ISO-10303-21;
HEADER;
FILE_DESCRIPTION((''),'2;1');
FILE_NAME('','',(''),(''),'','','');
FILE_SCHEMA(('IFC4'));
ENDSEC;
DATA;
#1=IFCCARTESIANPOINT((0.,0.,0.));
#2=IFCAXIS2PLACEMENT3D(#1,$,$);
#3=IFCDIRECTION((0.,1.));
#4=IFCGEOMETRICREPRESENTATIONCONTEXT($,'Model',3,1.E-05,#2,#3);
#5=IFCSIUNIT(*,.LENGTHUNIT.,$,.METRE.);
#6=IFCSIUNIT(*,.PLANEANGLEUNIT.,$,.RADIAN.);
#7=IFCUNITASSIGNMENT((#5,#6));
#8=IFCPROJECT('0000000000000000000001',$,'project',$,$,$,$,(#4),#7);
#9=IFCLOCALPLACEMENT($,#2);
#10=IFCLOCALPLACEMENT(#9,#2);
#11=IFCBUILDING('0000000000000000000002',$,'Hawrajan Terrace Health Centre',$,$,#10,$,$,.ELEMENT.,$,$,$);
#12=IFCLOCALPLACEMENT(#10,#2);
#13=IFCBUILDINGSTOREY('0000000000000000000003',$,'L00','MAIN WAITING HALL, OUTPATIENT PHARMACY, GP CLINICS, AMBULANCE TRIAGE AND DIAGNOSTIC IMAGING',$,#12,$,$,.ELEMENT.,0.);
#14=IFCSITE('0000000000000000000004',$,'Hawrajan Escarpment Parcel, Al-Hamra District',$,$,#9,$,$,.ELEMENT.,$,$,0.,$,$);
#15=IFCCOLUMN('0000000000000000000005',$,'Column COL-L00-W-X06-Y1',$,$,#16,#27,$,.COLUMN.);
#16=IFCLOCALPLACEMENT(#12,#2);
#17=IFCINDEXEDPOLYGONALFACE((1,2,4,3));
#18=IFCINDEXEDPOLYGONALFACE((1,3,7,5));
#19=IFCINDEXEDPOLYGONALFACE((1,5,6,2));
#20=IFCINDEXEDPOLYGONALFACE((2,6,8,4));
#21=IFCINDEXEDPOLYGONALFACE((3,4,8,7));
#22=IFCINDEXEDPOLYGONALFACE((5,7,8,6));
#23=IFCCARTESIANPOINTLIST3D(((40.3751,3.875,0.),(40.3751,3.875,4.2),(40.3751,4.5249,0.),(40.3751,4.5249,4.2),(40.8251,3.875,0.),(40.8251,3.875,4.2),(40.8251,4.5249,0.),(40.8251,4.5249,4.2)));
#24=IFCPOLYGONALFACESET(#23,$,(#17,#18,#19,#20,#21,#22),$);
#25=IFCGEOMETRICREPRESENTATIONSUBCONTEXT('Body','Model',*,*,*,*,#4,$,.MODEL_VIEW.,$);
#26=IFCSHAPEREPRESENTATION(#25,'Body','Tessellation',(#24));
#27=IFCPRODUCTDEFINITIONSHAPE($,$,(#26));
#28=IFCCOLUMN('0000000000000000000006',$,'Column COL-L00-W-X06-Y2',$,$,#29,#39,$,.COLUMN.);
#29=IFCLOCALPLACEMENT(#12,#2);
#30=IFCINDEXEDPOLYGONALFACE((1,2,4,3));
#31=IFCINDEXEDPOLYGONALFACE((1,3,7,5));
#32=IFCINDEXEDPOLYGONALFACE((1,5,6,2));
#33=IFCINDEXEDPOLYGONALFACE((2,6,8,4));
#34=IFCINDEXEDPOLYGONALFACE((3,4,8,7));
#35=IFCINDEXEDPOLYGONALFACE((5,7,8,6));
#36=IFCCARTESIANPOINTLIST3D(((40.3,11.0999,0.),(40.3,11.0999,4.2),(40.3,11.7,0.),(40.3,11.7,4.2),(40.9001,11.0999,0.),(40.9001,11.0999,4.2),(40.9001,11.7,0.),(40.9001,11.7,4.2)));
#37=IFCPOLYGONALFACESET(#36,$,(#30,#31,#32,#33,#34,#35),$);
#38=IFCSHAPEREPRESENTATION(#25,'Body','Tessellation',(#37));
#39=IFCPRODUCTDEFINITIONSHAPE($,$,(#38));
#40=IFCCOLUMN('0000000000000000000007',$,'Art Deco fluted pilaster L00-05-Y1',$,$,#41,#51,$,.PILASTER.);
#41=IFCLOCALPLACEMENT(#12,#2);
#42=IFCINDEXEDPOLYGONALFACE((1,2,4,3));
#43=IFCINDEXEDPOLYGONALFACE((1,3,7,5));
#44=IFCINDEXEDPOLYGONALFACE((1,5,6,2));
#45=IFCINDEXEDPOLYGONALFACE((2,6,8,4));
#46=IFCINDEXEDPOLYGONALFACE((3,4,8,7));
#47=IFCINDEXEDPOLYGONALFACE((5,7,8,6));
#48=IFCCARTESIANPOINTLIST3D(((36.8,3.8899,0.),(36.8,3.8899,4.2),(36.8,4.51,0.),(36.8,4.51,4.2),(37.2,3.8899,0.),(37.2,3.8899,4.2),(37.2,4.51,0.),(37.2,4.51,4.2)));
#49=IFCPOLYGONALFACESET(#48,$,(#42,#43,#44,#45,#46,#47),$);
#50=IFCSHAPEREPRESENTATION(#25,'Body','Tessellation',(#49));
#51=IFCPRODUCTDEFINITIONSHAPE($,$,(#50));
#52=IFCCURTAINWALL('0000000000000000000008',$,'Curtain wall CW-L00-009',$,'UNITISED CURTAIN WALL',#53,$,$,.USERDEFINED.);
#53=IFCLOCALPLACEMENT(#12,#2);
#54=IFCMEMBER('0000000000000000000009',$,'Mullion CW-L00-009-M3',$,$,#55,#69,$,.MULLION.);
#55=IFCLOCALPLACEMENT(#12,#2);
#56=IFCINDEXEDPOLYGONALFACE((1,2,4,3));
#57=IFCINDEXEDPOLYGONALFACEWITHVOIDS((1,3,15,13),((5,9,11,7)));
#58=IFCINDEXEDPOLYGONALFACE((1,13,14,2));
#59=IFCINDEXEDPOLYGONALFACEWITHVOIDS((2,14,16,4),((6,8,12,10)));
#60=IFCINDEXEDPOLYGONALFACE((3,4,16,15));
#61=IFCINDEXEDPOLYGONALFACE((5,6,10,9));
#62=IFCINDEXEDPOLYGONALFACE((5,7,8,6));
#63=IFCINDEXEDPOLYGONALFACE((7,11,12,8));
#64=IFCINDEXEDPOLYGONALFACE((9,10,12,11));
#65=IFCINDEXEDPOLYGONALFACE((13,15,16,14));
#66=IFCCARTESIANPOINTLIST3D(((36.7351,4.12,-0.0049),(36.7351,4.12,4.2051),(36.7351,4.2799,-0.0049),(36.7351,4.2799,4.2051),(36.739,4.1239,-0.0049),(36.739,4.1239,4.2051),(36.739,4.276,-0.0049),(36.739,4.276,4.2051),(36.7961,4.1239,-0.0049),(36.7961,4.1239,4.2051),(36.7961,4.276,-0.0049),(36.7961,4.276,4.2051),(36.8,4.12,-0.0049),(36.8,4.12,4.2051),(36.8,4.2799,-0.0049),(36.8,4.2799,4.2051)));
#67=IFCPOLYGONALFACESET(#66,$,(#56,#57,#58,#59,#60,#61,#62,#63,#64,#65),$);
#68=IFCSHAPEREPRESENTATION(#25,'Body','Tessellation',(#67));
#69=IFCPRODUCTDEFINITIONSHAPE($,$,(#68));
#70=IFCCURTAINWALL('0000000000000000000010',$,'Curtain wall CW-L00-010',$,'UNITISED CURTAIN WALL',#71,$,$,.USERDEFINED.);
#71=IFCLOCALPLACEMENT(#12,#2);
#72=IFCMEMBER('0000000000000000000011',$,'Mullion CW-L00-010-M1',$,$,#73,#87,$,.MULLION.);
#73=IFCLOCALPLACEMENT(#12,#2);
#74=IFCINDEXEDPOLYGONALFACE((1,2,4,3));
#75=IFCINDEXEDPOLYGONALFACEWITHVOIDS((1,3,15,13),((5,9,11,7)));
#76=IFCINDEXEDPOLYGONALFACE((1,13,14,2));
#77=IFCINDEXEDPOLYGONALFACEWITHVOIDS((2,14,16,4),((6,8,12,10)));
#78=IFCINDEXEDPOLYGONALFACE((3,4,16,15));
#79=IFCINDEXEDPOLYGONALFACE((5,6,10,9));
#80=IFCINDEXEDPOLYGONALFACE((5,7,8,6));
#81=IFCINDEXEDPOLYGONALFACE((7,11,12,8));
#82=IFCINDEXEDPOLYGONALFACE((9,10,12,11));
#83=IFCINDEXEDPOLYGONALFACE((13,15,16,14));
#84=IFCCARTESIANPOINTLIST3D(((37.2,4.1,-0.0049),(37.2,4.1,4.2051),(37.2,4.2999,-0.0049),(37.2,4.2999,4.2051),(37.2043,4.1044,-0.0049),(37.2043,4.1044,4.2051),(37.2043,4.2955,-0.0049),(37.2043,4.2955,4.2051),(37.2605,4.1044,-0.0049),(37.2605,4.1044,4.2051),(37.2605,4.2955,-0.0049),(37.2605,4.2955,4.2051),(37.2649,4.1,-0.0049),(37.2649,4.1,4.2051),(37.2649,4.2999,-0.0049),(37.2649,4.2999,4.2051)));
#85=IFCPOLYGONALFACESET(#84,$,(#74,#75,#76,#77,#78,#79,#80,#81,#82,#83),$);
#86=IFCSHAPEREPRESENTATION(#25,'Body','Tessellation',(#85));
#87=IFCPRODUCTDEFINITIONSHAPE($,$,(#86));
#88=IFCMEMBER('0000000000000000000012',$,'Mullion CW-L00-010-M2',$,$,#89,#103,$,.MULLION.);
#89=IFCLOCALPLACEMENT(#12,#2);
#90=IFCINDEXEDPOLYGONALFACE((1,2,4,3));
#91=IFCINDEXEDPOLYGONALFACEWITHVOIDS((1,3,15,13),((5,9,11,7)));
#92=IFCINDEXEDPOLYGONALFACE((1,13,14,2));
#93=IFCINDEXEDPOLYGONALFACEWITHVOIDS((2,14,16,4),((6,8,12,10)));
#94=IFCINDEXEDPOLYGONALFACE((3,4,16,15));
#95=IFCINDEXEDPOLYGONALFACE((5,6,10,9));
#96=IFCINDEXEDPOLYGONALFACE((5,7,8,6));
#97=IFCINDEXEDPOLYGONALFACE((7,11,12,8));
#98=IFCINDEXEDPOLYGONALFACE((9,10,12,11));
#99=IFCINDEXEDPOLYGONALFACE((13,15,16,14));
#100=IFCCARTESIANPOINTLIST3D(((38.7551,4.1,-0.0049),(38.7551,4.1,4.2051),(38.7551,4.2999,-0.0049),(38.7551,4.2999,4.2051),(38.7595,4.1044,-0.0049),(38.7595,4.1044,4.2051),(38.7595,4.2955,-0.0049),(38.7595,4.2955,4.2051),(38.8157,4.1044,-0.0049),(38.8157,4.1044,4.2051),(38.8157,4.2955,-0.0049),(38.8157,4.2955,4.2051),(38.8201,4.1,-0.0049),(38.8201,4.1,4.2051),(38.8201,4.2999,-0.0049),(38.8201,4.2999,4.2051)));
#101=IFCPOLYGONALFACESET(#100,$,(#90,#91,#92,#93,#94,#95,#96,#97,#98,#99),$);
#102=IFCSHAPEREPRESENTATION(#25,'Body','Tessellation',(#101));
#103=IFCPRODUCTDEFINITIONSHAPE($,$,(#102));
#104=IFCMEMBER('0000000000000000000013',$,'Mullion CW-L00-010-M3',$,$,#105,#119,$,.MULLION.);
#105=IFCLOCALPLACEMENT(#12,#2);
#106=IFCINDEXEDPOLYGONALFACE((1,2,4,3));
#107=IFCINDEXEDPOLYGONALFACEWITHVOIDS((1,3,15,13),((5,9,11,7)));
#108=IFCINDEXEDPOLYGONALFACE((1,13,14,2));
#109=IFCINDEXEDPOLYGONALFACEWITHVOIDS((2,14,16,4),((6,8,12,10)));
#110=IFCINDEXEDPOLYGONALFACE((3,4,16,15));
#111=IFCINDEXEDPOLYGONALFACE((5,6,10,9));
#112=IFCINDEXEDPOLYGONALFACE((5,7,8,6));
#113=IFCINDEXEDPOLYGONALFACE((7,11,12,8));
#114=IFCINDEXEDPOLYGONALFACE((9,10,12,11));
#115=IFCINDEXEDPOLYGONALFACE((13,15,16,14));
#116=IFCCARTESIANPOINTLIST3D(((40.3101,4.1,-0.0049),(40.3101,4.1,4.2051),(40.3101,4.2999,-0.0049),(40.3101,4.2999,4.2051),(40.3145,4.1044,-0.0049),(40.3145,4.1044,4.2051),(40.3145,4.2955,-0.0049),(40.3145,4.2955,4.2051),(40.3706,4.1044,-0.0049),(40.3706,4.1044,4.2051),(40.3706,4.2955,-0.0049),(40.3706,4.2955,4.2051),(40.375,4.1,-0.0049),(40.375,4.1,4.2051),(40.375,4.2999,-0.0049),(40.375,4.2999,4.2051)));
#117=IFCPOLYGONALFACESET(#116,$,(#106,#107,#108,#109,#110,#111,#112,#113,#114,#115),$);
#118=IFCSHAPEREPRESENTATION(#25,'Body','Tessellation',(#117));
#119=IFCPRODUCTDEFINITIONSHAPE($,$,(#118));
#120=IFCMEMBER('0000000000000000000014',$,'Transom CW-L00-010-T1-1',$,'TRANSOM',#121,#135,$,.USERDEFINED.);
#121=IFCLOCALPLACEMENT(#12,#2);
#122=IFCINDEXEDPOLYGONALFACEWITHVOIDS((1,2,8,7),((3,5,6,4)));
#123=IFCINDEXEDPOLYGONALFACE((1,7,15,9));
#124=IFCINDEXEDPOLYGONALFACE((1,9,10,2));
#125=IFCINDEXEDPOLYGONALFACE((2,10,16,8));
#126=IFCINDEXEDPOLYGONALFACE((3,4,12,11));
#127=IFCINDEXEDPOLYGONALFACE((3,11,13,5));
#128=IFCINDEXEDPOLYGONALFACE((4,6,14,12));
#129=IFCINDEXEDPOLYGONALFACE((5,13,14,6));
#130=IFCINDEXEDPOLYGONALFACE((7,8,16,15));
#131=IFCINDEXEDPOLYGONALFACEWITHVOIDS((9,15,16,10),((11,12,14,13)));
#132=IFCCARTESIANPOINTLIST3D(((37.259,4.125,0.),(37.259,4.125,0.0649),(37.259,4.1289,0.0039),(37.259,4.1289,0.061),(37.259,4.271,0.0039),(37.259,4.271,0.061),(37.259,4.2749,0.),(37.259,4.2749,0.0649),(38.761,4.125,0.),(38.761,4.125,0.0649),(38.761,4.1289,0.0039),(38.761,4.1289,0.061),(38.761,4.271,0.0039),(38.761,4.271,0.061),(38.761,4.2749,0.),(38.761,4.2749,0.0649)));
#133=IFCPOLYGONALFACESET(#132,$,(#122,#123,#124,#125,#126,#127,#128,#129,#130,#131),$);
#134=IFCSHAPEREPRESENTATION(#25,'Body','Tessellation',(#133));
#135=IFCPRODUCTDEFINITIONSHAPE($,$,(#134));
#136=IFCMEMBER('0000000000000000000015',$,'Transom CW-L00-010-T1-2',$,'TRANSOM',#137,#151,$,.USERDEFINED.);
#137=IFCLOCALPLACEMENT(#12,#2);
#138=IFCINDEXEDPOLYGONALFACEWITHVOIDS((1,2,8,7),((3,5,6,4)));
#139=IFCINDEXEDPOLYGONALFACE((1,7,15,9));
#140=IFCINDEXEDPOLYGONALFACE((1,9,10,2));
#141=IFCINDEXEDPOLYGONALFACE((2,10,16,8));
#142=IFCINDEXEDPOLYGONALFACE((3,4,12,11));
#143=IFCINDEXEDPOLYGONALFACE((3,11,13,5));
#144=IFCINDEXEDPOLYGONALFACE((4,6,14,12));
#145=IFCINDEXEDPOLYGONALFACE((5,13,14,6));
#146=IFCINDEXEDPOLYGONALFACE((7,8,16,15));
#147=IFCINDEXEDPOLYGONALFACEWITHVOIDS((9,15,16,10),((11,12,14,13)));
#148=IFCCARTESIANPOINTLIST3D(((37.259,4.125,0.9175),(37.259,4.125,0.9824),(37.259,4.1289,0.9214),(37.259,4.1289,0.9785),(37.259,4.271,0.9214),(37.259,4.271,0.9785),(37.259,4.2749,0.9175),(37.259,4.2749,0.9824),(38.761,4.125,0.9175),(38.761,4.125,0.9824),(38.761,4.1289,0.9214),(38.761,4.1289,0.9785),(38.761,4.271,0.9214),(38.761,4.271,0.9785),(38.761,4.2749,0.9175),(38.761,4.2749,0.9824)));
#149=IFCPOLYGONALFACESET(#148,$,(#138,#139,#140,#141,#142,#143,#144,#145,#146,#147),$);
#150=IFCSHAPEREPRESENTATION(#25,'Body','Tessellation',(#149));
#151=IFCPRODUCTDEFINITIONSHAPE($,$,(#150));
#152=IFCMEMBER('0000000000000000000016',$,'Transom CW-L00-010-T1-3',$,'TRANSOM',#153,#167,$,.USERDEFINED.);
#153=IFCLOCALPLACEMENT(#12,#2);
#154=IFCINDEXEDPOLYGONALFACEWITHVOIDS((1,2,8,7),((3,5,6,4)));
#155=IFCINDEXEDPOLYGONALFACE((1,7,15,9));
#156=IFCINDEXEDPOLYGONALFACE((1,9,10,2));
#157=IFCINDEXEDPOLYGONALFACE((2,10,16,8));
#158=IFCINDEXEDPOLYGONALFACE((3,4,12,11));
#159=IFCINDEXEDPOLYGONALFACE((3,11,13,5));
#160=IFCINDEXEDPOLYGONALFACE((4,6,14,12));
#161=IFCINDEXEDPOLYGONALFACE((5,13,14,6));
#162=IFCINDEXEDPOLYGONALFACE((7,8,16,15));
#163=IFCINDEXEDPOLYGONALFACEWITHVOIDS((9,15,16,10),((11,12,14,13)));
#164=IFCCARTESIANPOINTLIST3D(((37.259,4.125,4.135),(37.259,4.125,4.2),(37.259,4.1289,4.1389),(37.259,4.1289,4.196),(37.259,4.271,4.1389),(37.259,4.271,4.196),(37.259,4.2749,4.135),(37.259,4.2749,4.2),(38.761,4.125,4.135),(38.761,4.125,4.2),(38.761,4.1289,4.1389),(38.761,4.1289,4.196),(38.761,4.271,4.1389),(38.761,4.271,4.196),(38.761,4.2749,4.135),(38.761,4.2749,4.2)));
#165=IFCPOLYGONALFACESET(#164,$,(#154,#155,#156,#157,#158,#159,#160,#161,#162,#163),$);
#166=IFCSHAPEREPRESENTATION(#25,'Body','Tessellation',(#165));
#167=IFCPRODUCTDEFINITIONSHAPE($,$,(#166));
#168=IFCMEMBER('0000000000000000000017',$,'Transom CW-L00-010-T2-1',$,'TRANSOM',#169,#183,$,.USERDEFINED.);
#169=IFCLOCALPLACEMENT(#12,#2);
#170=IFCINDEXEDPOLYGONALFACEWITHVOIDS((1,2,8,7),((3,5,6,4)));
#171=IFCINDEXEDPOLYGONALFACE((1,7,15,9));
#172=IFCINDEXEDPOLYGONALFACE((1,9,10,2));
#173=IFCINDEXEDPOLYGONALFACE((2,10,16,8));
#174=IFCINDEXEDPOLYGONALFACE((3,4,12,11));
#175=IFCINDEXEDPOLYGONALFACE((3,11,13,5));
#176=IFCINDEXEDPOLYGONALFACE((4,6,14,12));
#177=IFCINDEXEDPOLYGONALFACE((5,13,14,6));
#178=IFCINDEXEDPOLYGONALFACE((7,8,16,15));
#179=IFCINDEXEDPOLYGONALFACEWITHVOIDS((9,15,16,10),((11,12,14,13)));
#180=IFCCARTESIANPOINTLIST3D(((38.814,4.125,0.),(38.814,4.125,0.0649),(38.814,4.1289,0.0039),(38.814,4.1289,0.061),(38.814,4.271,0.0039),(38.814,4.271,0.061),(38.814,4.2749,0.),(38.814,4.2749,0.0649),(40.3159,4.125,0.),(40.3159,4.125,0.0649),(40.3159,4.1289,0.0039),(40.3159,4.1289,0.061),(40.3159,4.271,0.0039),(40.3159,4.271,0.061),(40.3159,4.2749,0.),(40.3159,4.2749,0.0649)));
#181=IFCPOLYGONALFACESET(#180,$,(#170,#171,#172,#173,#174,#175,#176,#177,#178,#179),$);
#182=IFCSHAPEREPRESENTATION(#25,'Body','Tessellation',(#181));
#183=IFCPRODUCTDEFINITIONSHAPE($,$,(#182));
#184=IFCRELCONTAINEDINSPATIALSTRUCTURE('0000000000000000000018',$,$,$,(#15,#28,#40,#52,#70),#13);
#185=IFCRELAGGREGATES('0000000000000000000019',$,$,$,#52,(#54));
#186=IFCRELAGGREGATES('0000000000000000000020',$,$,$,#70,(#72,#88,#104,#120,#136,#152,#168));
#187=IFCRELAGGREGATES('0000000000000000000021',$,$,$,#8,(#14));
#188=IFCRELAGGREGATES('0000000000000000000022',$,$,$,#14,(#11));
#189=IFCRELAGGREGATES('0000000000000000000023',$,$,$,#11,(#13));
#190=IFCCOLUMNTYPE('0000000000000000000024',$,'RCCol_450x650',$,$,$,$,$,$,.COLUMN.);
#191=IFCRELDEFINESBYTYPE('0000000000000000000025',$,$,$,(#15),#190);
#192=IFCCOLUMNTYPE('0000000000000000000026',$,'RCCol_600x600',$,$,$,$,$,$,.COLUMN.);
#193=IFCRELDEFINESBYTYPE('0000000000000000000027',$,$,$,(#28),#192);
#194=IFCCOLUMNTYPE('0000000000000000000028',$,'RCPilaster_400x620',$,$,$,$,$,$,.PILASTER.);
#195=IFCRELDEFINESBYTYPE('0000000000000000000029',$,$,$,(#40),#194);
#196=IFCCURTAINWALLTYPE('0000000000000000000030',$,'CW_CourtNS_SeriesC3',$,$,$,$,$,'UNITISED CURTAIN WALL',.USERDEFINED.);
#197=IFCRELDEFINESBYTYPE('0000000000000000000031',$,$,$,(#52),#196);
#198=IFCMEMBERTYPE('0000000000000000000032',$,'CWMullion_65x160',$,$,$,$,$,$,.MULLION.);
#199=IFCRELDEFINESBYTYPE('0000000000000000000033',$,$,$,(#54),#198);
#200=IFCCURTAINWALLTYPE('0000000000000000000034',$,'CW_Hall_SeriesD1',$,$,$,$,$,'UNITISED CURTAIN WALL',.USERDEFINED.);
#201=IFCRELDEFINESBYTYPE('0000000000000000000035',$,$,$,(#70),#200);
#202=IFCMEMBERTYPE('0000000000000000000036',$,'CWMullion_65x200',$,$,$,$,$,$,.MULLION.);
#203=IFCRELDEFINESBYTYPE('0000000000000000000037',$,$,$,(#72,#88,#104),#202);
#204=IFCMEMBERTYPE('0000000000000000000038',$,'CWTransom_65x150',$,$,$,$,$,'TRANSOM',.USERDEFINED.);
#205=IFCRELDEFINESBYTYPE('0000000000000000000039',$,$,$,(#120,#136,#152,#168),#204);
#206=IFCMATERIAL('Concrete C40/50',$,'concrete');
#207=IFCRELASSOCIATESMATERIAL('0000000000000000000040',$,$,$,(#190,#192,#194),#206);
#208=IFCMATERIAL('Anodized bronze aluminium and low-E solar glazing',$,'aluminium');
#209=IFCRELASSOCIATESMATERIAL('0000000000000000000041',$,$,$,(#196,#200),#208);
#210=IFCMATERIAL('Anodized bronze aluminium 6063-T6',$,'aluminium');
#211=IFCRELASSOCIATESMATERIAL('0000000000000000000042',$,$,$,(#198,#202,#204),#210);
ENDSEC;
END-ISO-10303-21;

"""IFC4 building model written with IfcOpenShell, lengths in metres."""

from ifc_helpers import new_model, si_unit, direction, frame, origin, origin_2d, place, context, subcontext, project, spatial, rectangle, hollow_rectangle, extrude, material, material_profile, profile_set, type_object, element, aggregate, save


model = new_model("IFC4")

# Units and contexts
model_context = context("Model", 3, precision=1e-05, world=origin(), true_north=direction((0.0, 1.0)))
body_context = subcontext(model_context, "Body", "Model", "MODEL_VIEW")
ifc_project = project(units=[si_unit("LENGTHUNIT", "METRE"), si_unit("PLANEANGLEUNIT", "RADIAN")], contexts=[model_context])

# Site, building, storey
site_placement = place(None, origin())
site = spatial("IfcSite", under=ifc_project, at=site_placement, Name="Hawrajan Escarpment Parcel, Al-Hamra District", CompositionType="ELEMENT", RefElevation=0.0)
building_placement = place(site_placement, origin())
building = spatial("IfcBuilding", under=site, at=building_placement, Name="Hawrajan Terrace Health Centre", CompositionType="ELEMENT")
storey_placement = place(building_placement, origin())
storey = spatial("IfcBuildingStorey", under=building, at=storey_placement, Name="L00", Description="MAIN WAITING HALL, OUTPATIENT PHARMACY, GP CLINICS, AMBULANCE TRIAGE AND DIAGNOSTIC IMAGING", CompositionType="ELEMENT", Elevation=0.0)

# Columns
ifc_material_1 = material(Name="Concrete C40/50", Category="concrete")
ifc_material_profile_1 = material_profile(ifc_material_1, rectangle(XDim=0.45, YDim=0.6499, at=origin_2d()), Name="RC 450x650")
ifc_profile_set_1 = profile_set([ifc_material_profile_1], Name="Concrete C40/50")
column_type_1 = type_object("IfcColumnType", Name="RCCol_450x650", PredefinedType="COLUMN", material=ifc_profile_set_1)
column_1_placement = place(storey_placement, frame((40.6001, 4.2, 0.0), z_axis=(0.0, 0.0, 1.0), x_axis=(1.0, 0.0, 0.0)))
element("IfcColumn", 1, at=column_1_placement, inside=storey, type_object=column_type_1, Name="Column COL-L00-W-X06-Y1", PredefinedType="COLUMN", context=body_context, shape_type="SweptSolid", body=[
    extrude(rectangle(XDim=0.45, YDim=0.6499, at=origin_2d()), origin(), (0.0, 0.0, 1.0), 4.2),
])
ifc_material_profile_2 = material_profile(ifc_material_1, rectangle(XDim=0.6001, YDim=0.6001, at=origin_2d()), Name="RC 600x600")
ifc_profile_set_2 = profile_set([ifc_material_profile_2], Name="Concrete C40/50")
column_type_2 = type_object("IfcColumnType", Name="RCCol_600x600", PredefinedType="COLUMN", material=ifc_profile_set_2)
column_2_placement = place(storey_placement, frame((40.6001, 11.3999, 0.0), z_axis=(0.0, 0.0, 1.0), x_axis=(1.0, 0.0, 0.0)))
element("IfcColumn", 2, at=column_2_placement, inside=storey, type_object=column_type_2, Name="Column COL-L00-W-X06-Y2", PredefinedType="COLUMN", context=body_context, shape_type="SweptSolid", body=[
    extrude(rectangle(XDim=0.6001, YDim=0.6001, at=origin_2d()), origin(), (0.0, 0.0, 1.0), 4.2),
])
ifc_material_profile_3 = material_profile(ifc_material_1, rectangle(XDim=0.3999, YDim=0.6201, at=origin_2d()), Name="RC PIL 400x620")
ifc_profile_set_3 = profile_set([ifc_material_profile_3], Name="Concrete C40/50")
column_type_3 = type_object("IfcColumnType", Name="RCPilaster_400x620", PredefinedType="PILASTER", material=ifc_profile_set_3)
column_3_placement = place(storey_placement, frame((37.0, 4.2, 0.0), z_axis=(0.0, 0.0, 1.0), x_axis=(1.0, 0.0, 0.0)))
element("IfcColumn", 3, at=column_3_placement, inside=storey, type_object=column_type_3, Name="Art Deco fluted pilaster L00-05-Y1", PredefinedType="PILASTER", context=body_context, shape_type="SweptSolid", body=[
    extrude(rectangle(XDim=0.3999, YDim=0.6201, at=origin_2d()), origin(), (0.0, 0.0, 1.0), 4.2),
])

# Curtain wall, member
ifc_material_2 = material(Name="Anodized bronze aluminium and low-E solar glazing", Category="aluminium")
curtain_wall_type_1 = type_object("IfcCurtainWallType", Name="CW_CourtNS_SeriesC3", ElementType="UNITISED CURTAIN WALL", PredefinedType="USERDEFINED", material=ifc_material_2)
curtain_wall_1_placement = place(storey_placement, origin())
curtain_wall_1 = element("IfcCurtainWall", 4, at=curtain_wall_1_placement, inside=storey, type_object=curtain_wall_type_1, Name="Curtain wall CW-L00-009", ObjectType="UNITISED CURTAIN WALL", PredefinedType="USERDEFINED")
ifc_material_3 = material(Name="Anodized bronze aluminium 6063-T6", Category="aluminium")
ifc_material_profile_4 = material_profile(ifc_material_3, hollow_rectangle(XDim=0.0649, YDim=0.1599, WallThickness=0.0039, at=origin_2d()), Name="CW MUL 65x160")
ifc_profile_set_4 = profile_set([ifc_material_profile_4], Name="Anodized bronze aluminium 6063-T6")
member_type_1 = type_object("IfcMemberType", Name="CWMullion_65x160", PredefinedType="MULLION", material=ifc_profile_set_4)
member_1_placement = place(storey_placement, frame((36.7676, 4.2, -0.0049), z_axis=(0.0, 0.0, 1.0), x_axis=(1.0, 0.0, 0.0)))
member_1 = element("IfcMember", 5, at=member_1_placement, type_object=member_type_1, Name="Mullion CW-L00-009-M3", PredefinedType="MULLION", context=body_context, shape_type="SweptSolid", body=[
    extrude(hollow_rectangle(XDim=0.0649, YDim=0.1599, WallThickness=0.0039, at=origin_2d()), origin(), (0.0, 0.0, 1.0), 4.21),
])
aggregate(curtain_wall_1, [member_1])

# Curtain wall, members
curtain_wall_type_2 = type_object("IfcCurtainWallType", Name="CW_Hall_SeriesD1", ElementType="UNITISED CURTAIN WALL", PredefinedType="USERDEFINED", material=ifc_material_2)
curtain_wall_2_placement = place(storey_placement, origin())
curtain_wall_2 = element("IfcCurtainWall", 6, at=curtain_wall_2_placement, inside=storey, type_object=curtain_wall_type_2, Name="Curtain wall CW-L00-010", ObjectType="UNITISED CURTAIN WALL", PredefinedType="USERDEFINED")
ifc_material_profile_5 = material_profile(ifc_material_3, hollow_rectangle(XDim=0.0649, YDim=0.2, WallThickness=0.0044, at=origin_2d()), Name="CW MUL 65x200")
ifc_profile_set_5 = profile_set([ifc_material_profile_5], Name="Anodized bronze aluminium 6063-T6")
member_type_2 = type_object("IfcMemberType", Name="CWMullion_65x200", PredefinedType="MULLION", material=ifc_profile_set_5)
member_2_placement = place(storey_placement, frame((37.2324, 4.2, -0.0049), z_axis=(0.0, 0.0, 1.0), x_axis=(1.0, 0.0, 0.0)))
member_2 = element("IfcMember", 7, at=member_2_placement, type_object=member_type_2, Name="Mullion CW-L00-010-M1", PredefinedType="MULLION", context=body_context, shape_type="SweptSolid", body=[
    extrude(hollow_rectangle(XDim=0.0649, YDim=0.2, WallThickness=0.0044, at=origin_2d()), origin(), (0.0, 0.0, 1.0), 4.21),
])
member_3_placement = place(storey_placement, frame((38.7876, 4.2, -0.0049), z_axis=(0.0, 0.0, 1.0), x_axis=(1.0, 0.0, 0.0)))
member_3 = element("IfcMember", 8, at=member_3_placement, type_object=member_type_2, Name="Mullion CW-L00-010-M2", PredefinedType="MULLION", context=body_context, shape_type="SweptSolid", body=[
    extrude(hollow_rectangle(XDim=0.0649, YDim=0.2, WallThickness=0.0044, at=origin_2d()), origin(), (0.0, 0.0, 1.0), 4.21),
])
member_4_placement = place(storey_placement, frame((40.3425, 4.2, -0.0049), z_axis=(0.0, 0.0, 1.0), x_axis=(1.0, 0.0, 0.0)))
member_4 = element("IfcMember", 9, at=member_4_placement, type_object=member_type_2, Name="Mullion CW-L00-010-M3", PredefinedType="MULLION", context=body_context, shape_type="SweptSolid", body=[
    extrude(hollow_rectangle(XDim=0.0649, YDim=0.2, WallThickness=0.0044, at=origin_2d()), origin(), (0.0, 0.0, 1.0), 4.21),
])
ifc_material_profile_6 = material_profile(ifc_material_3, hollow_rectangle(XDim=0.0649, YDim=0.1499, WallThickness=0.0039, at=origin_2d()), Name="CW TRN 65x150")
ifc_profile_set_6 = profile_set([ifc_material_profile_6], Name="Anodized bronze aluminium 6063-T6")
member_type_3 = type_object("IfcMemberType", Name="CWTransom_65x150", ElementType="TRANSOM", PredefinedType="USERDEFINED", material=ifc_profile_set_6)
member_5_placement = place(storey_placement, frame((37.259, 4.2, 0.0325), z_axis=(1.0, 0.0, 0.0), x_axis=(0.0, 0.0, 1.0)))
member_5 = element("IfcMember", 10, at=member_5_placement, type_object=member_type_3, Name="Transom CW-L00-010-T1-1", ObjectType="TRANSOM", PredefinedType="USERDEFINED", context=body_context, shape_type="SweptSolid", body=[
    extrude(hollow_rectangle(XDim=0.0649, YDim=0.1499, WallThickness=0.0039, at=origin_2d()), origin(), (0.0, 0.0, 1.0), 1.502),
])
member_6_placement = place(storey_placement, frame((37.259, 4.2, 0.95), z_axis=(1.0, 0.0, 0.0), x_axis=(0.0, 0.0, 1.0)))
member_6 = element("IfcMember", 11, at=member_6_placement, type_object=member_type_3, Name="Transom CW-L00-010-T1-2", ObjectType="TRANSOM", PredefinedType="USERDEFINED", context=body_context, shape_type="SweptSolid", body=[
    extrude(hollow_rectangle(XDim=0.0649, YDim=0.1499, WallThickness=0.0039, at=origin_2d()), origin(), (0.0, 0.0, 1.0), 1.502),
])
member_7_placement = place(storey_placement, frame((37.259, 4.2, 4.1675), z_axis=(1.0, 0.0, 0.0), x_axis=(0.0, 0.0, 1.0)))
member_7 = element("IfcMember", 12, at=member_7_placement, type_object=member_type_3, Name="Transom CW-L00-010-T1-3", ObjectType="TRANSOM", PredefinedType="USERDEFINED", context=body_context, shape_type="SweptSolid", body=[
    extrude(hollow_rectangle(XDim=0.0649, YDim=0.1499, WallThickness=0.0039, at=origin_2d()), origin(), (0.0, 0.0, 1.0), 1.502),
])
member_8_placement = place(storey_placement, frame((38.814, 4.2, 0.0325), z_axis=(1.0, 0.0, 0.0), x_axis=(0.0, 0.0, 1.0)))
member_8 = element("IfcMember", 13, at=member_8_placement, type_object=member_type_3, Name="Transom CW-L00-010-T2-1", ObjectType="TRANSOM", PredefinedType="USERDEFINED", context=body_context, shape_type="SweptSolid", body=[
    extrude(hollow_rectangle(XDim=0.0649, YDim=0.1499, WallThickness=0.0039, at=origin_2d()), origin(), (0.0, 0.0, 1.0), 1.502),
])

aggregate(curtain_wall_2, [member_2, member_3, member_4, member_5, member_6, member_7, member_8])

save(model, "model.ifc")
